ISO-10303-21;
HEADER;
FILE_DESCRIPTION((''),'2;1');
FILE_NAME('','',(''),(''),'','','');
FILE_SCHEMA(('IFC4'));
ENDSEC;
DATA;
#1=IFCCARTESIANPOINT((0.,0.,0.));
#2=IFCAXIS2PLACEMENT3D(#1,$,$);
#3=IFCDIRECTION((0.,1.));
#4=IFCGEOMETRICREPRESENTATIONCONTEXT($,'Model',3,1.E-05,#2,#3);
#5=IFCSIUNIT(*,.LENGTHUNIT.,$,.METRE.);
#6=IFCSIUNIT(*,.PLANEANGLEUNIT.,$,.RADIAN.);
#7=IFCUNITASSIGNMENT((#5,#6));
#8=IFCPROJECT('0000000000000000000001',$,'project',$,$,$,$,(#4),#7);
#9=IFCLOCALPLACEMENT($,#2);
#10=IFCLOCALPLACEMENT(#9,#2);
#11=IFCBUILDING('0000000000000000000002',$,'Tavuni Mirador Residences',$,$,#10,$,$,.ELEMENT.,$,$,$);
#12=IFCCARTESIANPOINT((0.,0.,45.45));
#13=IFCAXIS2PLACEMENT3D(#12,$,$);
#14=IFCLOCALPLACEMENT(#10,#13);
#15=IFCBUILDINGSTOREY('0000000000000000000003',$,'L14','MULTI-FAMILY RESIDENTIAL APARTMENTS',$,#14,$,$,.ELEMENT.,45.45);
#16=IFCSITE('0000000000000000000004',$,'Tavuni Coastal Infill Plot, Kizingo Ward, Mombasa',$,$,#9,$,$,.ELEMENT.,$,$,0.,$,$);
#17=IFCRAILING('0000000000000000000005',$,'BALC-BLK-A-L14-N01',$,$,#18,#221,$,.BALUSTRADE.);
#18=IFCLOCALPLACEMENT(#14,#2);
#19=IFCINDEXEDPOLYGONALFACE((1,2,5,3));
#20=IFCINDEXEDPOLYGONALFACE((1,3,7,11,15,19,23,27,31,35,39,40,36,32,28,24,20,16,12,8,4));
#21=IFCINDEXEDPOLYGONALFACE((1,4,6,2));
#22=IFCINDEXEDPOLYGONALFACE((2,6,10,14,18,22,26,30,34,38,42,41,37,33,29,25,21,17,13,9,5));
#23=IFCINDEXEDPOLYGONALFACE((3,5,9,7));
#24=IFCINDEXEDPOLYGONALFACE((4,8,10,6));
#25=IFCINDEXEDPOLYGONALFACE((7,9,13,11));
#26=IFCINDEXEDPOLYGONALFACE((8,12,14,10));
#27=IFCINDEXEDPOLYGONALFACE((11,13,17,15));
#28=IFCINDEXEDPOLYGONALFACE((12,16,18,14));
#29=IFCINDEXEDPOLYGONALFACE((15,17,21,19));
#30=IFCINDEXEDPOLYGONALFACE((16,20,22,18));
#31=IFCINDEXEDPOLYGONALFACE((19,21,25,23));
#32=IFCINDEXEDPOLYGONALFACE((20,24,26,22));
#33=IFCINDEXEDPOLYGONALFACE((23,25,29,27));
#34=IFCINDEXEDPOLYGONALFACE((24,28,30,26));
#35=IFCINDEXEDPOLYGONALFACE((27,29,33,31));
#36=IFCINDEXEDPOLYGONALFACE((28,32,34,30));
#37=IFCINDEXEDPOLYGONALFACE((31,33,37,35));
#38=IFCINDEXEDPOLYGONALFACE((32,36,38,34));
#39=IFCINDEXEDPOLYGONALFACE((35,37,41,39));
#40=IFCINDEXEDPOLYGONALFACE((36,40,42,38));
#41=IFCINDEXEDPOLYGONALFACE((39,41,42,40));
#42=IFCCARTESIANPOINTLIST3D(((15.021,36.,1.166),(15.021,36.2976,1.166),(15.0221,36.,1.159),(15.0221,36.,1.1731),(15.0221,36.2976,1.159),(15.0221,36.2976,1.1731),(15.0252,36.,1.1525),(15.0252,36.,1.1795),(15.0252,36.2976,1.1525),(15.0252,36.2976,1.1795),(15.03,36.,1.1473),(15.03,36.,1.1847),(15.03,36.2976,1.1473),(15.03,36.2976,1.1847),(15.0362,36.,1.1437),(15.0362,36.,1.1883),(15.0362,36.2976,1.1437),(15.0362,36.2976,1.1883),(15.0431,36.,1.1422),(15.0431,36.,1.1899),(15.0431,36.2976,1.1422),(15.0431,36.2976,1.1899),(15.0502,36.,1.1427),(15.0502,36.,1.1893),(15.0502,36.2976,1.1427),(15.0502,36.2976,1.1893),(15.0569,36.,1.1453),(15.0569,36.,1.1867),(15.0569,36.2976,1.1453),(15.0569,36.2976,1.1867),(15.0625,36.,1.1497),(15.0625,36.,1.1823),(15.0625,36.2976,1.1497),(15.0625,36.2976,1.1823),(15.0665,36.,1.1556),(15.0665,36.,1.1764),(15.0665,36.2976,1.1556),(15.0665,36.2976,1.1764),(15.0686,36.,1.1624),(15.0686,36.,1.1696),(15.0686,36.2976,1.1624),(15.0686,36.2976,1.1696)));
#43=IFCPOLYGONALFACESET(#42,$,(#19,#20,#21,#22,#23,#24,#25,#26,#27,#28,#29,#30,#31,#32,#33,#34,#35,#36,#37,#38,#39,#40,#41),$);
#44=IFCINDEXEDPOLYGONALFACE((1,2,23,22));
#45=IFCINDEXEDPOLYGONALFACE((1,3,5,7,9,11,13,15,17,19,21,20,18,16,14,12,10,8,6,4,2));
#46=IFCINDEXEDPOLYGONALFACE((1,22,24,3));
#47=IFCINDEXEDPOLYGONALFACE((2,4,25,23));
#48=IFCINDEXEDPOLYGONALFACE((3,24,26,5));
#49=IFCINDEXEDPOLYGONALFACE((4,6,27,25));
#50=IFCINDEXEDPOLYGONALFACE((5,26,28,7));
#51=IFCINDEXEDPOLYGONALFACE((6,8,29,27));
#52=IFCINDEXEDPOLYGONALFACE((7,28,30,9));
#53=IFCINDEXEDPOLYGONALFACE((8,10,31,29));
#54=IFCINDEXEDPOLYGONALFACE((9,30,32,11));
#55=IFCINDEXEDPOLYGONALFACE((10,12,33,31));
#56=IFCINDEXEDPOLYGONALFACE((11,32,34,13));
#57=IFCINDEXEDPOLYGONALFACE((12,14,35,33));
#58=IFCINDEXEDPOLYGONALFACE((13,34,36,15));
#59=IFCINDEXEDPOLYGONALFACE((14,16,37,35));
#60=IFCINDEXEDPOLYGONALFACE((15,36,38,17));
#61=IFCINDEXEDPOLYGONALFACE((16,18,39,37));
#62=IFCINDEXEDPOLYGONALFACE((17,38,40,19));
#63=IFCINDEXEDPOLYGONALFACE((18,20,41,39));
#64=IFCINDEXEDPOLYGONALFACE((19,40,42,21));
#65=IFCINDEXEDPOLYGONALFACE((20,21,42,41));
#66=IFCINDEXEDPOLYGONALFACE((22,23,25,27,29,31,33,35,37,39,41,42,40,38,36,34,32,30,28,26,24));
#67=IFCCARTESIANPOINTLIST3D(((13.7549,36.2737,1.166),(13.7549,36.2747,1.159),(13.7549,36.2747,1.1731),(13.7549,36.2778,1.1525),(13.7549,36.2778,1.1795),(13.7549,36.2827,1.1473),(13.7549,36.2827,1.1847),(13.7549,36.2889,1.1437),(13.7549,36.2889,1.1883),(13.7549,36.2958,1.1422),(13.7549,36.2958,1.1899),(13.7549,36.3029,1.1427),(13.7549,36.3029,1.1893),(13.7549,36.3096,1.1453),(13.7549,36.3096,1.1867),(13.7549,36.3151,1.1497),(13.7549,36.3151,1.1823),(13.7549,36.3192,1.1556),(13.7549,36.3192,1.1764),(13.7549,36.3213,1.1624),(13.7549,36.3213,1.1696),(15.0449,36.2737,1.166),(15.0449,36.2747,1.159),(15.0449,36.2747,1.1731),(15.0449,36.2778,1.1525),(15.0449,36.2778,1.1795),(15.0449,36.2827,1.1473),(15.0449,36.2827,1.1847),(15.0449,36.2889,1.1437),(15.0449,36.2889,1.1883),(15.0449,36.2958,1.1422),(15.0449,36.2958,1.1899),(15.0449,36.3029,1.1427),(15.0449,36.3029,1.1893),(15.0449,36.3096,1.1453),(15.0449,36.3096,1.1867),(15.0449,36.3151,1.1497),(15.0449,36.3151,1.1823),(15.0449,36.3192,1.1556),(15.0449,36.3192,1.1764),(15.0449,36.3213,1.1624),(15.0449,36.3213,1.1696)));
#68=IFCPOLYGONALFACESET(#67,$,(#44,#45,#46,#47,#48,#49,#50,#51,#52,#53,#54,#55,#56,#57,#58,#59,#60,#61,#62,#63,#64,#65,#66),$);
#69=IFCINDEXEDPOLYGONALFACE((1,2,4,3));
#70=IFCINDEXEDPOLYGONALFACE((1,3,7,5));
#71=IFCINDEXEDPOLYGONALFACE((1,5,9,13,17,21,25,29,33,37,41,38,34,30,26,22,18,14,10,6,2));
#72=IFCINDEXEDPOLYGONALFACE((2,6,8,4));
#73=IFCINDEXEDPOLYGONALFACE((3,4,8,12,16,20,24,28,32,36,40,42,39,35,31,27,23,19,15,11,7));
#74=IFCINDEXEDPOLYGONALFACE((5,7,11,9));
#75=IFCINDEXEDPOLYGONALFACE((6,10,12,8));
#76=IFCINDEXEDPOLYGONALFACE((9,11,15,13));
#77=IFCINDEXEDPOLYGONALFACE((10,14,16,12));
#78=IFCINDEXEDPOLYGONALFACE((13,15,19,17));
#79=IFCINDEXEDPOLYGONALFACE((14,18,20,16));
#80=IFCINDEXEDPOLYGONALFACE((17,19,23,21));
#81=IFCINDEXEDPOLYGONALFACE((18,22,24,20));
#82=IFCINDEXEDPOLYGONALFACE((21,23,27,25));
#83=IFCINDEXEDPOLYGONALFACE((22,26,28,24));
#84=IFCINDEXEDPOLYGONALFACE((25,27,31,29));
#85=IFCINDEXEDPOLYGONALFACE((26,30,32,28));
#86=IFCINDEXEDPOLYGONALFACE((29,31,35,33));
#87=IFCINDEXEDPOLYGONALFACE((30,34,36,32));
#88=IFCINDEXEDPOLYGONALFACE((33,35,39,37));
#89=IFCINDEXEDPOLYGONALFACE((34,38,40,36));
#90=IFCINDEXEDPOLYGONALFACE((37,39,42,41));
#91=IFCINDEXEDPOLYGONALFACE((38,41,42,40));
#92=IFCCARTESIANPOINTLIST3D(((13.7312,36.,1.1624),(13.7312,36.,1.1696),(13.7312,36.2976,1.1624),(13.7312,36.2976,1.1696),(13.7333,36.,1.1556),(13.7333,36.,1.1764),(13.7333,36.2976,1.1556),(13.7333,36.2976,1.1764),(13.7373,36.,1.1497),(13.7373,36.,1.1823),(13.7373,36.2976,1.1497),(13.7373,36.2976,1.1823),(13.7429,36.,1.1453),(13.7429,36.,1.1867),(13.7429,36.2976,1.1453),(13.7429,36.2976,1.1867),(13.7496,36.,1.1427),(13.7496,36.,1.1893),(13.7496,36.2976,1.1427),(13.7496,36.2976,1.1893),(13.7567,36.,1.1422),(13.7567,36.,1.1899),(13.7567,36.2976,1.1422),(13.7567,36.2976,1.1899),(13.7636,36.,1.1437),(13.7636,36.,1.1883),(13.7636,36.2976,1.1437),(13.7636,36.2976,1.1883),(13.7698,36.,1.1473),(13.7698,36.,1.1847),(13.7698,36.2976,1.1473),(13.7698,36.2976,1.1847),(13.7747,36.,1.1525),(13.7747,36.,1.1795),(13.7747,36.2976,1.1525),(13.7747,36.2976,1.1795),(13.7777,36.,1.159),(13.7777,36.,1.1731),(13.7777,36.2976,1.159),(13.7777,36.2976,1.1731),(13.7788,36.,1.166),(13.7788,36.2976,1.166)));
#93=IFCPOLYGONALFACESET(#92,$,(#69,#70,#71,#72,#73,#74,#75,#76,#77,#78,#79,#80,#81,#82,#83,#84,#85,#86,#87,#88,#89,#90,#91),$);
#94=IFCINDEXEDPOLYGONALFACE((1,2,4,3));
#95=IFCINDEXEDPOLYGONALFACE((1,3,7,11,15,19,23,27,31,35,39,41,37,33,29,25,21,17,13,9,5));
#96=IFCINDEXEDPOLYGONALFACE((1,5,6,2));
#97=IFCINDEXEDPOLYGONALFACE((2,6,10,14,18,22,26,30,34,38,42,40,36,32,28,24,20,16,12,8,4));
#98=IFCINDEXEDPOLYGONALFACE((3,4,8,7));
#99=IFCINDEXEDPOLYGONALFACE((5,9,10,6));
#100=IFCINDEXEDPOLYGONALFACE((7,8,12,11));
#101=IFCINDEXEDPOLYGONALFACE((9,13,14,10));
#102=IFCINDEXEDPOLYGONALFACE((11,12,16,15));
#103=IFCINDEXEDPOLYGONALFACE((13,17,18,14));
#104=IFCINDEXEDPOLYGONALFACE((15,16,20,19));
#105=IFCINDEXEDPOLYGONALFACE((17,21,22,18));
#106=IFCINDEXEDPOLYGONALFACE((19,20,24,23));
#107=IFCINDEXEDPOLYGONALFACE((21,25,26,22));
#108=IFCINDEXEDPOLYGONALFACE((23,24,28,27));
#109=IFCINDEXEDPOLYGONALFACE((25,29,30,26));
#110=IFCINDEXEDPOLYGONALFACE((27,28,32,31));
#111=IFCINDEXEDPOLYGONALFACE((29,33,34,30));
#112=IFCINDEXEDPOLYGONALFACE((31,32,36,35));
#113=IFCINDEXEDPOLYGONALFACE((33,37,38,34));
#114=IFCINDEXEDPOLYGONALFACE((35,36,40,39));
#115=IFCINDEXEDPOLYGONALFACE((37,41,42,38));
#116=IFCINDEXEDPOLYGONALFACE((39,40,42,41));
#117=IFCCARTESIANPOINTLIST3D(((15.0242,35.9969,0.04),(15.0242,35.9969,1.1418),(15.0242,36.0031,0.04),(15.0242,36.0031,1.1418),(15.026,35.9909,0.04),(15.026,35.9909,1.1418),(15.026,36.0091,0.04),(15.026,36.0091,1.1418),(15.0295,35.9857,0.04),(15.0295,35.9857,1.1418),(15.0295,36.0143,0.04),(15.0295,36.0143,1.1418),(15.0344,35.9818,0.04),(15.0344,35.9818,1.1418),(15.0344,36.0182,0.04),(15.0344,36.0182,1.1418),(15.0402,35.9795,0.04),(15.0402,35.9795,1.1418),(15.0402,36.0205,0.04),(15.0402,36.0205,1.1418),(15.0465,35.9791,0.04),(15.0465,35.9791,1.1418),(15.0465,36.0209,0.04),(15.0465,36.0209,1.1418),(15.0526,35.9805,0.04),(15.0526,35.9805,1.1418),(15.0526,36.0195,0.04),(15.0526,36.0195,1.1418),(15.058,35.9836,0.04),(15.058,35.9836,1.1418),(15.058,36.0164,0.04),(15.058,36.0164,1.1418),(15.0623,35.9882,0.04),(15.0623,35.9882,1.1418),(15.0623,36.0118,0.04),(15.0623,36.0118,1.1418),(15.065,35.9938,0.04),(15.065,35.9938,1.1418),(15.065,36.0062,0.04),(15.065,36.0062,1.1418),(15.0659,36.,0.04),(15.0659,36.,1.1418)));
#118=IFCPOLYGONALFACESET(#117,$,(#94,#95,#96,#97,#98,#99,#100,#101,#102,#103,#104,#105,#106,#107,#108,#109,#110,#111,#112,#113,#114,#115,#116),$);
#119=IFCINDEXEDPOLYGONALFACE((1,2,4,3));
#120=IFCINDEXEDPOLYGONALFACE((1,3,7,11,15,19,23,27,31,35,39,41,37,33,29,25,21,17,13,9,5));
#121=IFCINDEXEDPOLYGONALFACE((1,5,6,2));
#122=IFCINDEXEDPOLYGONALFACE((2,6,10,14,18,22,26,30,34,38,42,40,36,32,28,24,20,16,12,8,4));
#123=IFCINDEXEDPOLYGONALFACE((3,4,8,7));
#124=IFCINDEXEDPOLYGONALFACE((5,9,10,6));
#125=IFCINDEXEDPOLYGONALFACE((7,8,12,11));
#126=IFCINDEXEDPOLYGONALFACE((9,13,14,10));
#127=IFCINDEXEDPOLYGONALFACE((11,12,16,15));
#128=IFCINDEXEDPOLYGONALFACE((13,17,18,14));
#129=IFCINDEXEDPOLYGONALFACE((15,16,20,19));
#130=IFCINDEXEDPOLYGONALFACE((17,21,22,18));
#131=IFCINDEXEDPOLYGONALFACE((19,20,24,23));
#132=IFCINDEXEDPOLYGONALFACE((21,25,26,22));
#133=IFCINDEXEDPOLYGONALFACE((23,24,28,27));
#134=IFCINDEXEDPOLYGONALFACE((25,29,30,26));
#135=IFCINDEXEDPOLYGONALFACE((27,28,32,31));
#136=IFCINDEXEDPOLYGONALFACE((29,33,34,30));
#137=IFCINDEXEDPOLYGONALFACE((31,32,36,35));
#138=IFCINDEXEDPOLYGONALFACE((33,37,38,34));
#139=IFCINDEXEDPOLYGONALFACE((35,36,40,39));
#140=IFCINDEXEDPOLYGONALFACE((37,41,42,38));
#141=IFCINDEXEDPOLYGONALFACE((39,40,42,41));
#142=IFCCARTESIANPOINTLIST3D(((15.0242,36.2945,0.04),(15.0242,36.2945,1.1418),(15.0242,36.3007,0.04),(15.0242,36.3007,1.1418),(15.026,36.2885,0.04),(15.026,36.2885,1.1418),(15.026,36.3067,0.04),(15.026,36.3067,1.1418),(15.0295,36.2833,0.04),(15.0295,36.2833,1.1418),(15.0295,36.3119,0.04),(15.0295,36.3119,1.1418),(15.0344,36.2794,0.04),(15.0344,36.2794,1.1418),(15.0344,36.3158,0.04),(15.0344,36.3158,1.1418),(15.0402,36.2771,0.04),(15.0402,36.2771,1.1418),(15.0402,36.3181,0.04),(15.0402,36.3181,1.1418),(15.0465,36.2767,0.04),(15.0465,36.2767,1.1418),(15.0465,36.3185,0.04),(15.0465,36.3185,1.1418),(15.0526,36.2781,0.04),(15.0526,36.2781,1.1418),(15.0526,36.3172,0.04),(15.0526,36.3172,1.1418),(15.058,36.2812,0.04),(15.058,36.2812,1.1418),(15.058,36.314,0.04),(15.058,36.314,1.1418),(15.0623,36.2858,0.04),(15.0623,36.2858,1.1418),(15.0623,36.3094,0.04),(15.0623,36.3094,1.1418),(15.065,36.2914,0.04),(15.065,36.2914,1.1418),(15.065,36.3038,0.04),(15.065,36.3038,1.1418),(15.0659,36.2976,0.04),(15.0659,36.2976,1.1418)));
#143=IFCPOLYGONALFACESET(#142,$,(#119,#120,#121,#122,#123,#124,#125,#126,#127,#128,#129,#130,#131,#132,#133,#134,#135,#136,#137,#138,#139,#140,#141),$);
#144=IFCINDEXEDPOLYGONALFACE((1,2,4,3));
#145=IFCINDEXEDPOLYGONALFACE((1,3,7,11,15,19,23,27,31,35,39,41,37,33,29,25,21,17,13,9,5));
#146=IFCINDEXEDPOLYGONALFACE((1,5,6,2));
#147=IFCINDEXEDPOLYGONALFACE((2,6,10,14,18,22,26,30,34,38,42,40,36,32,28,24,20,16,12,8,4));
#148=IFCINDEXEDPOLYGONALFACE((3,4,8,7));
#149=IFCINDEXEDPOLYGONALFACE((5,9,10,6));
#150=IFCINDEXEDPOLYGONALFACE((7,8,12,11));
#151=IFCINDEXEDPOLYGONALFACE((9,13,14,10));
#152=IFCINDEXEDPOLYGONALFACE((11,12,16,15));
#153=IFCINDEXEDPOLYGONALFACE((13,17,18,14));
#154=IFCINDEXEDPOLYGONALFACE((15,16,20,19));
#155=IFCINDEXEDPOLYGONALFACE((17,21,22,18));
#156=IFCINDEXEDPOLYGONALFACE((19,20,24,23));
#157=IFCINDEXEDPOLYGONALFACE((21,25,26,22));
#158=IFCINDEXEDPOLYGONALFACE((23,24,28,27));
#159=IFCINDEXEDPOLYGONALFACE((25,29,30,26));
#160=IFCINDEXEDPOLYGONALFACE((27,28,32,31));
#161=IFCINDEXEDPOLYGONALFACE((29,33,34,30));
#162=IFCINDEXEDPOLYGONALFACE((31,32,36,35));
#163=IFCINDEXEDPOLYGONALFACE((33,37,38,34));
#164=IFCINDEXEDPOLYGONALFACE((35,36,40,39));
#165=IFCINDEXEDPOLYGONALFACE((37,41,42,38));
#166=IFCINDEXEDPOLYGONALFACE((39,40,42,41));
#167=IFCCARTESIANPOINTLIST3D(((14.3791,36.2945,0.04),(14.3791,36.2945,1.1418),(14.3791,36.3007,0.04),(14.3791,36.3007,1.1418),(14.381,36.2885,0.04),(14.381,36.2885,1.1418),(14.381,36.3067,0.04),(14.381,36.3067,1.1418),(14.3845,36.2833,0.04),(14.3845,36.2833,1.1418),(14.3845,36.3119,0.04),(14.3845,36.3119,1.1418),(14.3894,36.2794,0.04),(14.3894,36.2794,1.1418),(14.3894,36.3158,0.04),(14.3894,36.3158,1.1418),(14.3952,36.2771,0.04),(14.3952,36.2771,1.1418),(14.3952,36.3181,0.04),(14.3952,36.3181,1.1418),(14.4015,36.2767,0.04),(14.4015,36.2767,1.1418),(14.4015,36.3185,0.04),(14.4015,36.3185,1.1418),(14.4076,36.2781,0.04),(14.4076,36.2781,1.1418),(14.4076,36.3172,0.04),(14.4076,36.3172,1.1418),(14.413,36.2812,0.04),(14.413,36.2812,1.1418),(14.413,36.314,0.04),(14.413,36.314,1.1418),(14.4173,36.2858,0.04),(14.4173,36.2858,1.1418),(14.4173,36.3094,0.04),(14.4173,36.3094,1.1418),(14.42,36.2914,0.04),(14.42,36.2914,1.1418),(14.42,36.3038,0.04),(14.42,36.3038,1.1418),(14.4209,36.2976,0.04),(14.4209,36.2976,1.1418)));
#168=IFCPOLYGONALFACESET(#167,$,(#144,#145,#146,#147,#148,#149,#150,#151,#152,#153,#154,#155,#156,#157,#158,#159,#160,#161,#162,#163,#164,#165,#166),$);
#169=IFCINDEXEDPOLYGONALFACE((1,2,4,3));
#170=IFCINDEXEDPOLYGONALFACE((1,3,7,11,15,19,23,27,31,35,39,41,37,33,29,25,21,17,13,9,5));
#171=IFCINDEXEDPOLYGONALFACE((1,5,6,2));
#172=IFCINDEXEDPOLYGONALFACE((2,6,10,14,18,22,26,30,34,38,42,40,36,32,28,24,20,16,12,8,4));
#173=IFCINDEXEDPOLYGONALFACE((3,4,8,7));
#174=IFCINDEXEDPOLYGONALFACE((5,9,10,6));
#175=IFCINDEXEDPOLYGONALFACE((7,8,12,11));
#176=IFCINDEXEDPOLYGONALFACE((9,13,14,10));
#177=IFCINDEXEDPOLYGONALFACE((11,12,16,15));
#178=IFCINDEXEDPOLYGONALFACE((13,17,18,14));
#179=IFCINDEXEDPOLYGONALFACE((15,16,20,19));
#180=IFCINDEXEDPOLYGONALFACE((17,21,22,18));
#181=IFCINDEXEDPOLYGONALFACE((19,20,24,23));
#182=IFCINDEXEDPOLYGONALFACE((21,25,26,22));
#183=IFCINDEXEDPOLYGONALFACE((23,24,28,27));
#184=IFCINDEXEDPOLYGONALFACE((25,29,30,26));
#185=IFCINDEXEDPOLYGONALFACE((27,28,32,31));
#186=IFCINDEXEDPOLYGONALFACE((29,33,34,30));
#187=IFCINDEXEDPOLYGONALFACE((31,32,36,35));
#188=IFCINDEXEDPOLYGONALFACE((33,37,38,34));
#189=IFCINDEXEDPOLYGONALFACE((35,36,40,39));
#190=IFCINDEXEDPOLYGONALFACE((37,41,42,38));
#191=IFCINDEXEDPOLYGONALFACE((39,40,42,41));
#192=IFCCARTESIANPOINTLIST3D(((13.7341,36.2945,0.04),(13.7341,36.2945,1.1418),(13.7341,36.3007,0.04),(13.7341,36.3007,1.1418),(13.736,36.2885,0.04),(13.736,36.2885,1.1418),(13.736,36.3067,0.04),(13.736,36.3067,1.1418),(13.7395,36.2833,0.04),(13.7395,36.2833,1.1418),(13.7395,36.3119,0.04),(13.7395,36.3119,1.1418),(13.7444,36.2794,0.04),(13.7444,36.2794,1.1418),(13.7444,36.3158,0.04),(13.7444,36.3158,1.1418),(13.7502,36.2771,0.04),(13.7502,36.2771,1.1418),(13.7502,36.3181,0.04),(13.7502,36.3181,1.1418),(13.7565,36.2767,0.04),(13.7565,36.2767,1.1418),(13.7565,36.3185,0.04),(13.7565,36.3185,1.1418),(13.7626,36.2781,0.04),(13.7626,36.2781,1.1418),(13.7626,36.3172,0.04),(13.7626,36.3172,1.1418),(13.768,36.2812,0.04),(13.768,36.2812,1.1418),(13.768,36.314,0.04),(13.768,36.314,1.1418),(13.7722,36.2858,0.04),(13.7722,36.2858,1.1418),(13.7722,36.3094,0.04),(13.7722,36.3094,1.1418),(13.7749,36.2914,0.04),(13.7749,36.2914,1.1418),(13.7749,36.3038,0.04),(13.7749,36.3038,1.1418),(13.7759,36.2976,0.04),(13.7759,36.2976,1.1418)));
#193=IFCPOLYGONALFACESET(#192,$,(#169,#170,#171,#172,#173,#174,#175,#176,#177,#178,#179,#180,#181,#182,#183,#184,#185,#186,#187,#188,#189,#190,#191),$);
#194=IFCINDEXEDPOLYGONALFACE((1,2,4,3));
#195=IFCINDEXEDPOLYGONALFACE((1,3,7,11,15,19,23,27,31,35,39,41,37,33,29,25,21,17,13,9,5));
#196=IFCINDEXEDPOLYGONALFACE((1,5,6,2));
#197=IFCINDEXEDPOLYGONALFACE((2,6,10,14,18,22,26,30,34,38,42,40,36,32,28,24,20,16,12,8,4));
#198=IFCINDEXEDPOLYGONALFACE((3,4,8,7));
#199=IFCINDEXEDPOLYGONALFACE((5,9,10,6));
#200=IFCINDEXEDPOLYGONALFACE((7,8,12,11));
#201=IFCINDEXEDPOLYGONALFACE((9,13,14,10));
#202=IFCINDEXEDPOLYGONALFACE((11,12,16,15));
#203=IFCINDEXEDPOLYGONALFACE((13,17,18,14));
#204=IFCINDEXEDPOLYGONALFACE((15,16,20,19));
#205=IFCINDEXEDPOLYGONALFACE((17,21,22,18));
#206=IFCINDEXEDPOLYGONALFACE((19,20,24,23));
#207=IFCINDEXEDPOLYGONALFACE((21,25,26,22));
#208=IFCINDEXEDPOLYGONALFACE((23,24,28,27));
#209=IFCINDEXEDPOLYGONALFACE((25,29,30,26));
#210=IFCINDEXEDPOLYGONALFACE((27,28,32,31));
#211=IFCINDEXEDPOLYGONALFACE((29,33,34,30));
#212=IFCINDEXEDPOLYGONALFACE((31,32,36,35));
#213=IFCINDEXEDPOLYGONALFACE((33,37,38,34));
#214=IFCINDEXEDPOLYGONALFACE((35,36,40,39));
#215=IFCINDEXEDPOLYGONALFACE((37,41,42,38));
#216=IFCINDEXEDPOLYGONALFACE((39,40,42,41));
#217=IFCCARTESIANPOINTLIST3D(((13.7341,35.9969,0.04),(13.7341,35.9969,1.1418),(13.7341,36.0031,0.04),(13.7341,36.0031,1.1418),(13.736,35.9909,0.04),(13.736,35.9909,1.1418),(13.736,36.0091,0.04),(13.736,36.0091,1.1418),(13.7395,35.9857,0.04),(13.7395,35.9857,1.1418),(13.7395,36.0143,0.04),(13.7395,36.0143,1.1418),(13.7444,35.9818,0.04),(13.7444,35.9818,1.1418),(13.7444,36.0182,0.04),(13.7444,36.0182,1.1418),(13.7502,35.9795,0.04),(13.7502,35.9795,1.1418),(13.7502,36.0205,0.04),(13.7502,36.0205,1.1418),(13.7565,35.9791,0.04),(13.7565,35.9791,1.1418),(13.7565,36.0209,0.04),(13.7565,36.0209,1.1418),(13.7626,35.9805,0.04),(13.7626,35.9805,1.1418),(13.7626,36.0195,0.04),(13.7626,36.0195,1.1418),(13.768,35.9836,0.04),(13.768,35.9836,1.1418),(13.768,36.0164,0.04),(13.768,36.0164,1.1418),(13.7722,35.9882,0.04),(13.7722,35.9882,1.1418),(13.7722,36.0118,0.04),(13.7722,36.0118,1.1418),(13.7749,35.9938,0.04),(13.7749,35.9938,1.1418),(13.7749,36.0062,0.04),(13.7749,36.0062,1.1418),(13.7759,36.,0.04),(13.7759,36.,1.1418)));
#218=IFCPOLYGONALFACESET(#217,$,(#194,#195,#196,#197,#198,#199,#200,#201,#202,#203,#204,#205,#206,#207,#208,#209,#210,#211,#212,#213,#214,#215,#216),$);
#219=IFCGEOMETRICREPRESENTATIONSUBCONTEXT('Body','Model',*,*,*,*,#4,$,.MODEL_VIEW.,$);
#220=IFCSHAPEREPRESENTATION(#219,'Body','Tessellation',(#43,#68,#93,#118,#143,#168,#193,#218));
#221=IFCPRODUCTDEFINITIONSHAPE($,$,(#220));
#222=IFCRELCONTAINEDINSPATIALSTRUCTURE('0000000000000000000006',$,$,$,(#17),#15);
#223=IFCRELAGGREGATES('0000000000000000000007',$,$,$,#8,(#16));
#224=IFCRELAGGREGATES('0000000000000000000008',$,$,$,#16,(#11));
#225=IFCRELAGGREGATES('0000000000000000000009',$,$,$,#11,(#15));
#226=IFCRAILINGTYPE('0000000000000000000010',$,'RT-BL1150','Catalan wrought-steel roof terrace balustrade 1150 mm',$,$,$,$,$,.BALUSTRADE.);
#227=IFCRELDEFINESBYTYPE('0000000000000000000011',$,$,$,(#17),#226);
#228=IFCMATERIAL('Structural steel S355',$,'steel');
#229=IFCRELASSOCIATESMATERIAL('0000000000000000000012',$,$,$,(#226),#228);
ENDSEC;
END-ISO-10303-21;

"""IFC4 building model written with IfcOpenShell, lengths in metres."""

from ifc_helpers import new_model, si_unit, direction, frame, origin, origin_2d, place, context, subcontext, project, spatial, circle, extrude, material, type_object, element, save


model = new_model("IFC4")

# Units and contexts
model_context = context("Model", 3, precision=1e-05, world=origin(), true_north=direction((0.0, 1.0)))
body_context = subcontext(model_context, "Body", "Model", "MODEL_VIEW")
ifc_project = project(units=[si_unit("LENGTHUNIT", "METRE"), si_unit("PLANEANGLEUNIT", "RADIAN")], contexts=[model_context])

# Site, building, storey
site_placement = place(None, origin())
site = spatial("IfcSite", under=ifc_project, at=site_placement, Name="Tavuni Coastal Infill Plot, Kizingo Ward, Mombasa", CompositionType="ELEMENT", RefElevation=0.0)
building_placement = place(site_placement, origin())
building = spatial("IfcBuilding", under=site, at=building_placement, Name="Tavuni Mirador Residences", CompositionType="ELEMENT")
storey_placement = place(building_placement, frame((0.0, 0.0, 45.45)))
storey = spatial("IfcBuildingStorey", under=building, at=storey_placement, Name="L14", Description="MULTI-FAMILY RESIDENTIAL APARTMENTS", CompositionType="ELEMENT", Elevation=45.45)

# Shared definitions
ifc_material_1 = material(Name="Structural steel S355", Category="steel")

# Railing
railing_type_1 = type_object("IfcRailingType", Name="RT-BL1150", Description="Catalan wrought-steel roof terrace balustrade 1150 mm", PredefinedType="BALUSTRADE", material=ifc_material_1)
railing_1_placement = place(storey_placement, frame((15.0449, 36.0, 0.04)))
element("IfcRailing", 1, at=railing_1_placement, inside=storey, type_object=railing_type_1, Name="BALC-BLK-A-L14-N01", PredefinedType="BALUSTRADE", context=body_context, shape_type="SweptSolid", body=[
    extrude(circle(Radius=0.0239, at=origin_2d()), frame((0.0, 0.0, 1.126), z_axis=(0.0, 1.0, 0.0), x_axis=(-1.0, 0.0, 0.0)), (0.0, 0.0, 1.0), 0.2976),
    extrude(circle(Radius=0.0239, at=origin_2d()), frame((0.0, 0.2976, 1.126), z_axis=(-1.0, 0.0, 0.0), x_axis=(0.0, -1.0, 0.0)), (0.0, 0.0, 1.0), 1.29),
    extrude(circle(Radius=0.0239, at=origin_2d()), frame((-1.29, 0.2976, 1.126), z_axis=(0.0, -1.0, 0.0), x_axis=(1.0, 0.0, 0.0)), (0.0, 0.0, 1.0), 0.2976),
    extrude(circle(Radius=0.021, at=origin_2d()), origin(), (0.0, 0.0, 1.0), 1.1018),
    extrude(circle(Radius=0.021, at=origin_2d()), frame((0.0, 0.2976, 0.0)), (0.0, 0.0, 1.0), 1.1018),
    extrude(circle(Radius=0.021, at=origin_2d()), frame((-0.645, 0.2976, 0.0)), (0.0, 0.0, 1.0), 1.1018),
    extrude(circle(Radius=0.021, at=origin_2d()), frame((-1.29, 0.2976, 0.0)), (0.0, 0.0, 1.0), 1.1018),
    extrude(circle(Radius=0.021, at=origin_2d()), frame((-1.29, 0.0, 0.0)), (0.0, 0.0, 1.0), 1.1018),
])

save(model, "model.ifc")
